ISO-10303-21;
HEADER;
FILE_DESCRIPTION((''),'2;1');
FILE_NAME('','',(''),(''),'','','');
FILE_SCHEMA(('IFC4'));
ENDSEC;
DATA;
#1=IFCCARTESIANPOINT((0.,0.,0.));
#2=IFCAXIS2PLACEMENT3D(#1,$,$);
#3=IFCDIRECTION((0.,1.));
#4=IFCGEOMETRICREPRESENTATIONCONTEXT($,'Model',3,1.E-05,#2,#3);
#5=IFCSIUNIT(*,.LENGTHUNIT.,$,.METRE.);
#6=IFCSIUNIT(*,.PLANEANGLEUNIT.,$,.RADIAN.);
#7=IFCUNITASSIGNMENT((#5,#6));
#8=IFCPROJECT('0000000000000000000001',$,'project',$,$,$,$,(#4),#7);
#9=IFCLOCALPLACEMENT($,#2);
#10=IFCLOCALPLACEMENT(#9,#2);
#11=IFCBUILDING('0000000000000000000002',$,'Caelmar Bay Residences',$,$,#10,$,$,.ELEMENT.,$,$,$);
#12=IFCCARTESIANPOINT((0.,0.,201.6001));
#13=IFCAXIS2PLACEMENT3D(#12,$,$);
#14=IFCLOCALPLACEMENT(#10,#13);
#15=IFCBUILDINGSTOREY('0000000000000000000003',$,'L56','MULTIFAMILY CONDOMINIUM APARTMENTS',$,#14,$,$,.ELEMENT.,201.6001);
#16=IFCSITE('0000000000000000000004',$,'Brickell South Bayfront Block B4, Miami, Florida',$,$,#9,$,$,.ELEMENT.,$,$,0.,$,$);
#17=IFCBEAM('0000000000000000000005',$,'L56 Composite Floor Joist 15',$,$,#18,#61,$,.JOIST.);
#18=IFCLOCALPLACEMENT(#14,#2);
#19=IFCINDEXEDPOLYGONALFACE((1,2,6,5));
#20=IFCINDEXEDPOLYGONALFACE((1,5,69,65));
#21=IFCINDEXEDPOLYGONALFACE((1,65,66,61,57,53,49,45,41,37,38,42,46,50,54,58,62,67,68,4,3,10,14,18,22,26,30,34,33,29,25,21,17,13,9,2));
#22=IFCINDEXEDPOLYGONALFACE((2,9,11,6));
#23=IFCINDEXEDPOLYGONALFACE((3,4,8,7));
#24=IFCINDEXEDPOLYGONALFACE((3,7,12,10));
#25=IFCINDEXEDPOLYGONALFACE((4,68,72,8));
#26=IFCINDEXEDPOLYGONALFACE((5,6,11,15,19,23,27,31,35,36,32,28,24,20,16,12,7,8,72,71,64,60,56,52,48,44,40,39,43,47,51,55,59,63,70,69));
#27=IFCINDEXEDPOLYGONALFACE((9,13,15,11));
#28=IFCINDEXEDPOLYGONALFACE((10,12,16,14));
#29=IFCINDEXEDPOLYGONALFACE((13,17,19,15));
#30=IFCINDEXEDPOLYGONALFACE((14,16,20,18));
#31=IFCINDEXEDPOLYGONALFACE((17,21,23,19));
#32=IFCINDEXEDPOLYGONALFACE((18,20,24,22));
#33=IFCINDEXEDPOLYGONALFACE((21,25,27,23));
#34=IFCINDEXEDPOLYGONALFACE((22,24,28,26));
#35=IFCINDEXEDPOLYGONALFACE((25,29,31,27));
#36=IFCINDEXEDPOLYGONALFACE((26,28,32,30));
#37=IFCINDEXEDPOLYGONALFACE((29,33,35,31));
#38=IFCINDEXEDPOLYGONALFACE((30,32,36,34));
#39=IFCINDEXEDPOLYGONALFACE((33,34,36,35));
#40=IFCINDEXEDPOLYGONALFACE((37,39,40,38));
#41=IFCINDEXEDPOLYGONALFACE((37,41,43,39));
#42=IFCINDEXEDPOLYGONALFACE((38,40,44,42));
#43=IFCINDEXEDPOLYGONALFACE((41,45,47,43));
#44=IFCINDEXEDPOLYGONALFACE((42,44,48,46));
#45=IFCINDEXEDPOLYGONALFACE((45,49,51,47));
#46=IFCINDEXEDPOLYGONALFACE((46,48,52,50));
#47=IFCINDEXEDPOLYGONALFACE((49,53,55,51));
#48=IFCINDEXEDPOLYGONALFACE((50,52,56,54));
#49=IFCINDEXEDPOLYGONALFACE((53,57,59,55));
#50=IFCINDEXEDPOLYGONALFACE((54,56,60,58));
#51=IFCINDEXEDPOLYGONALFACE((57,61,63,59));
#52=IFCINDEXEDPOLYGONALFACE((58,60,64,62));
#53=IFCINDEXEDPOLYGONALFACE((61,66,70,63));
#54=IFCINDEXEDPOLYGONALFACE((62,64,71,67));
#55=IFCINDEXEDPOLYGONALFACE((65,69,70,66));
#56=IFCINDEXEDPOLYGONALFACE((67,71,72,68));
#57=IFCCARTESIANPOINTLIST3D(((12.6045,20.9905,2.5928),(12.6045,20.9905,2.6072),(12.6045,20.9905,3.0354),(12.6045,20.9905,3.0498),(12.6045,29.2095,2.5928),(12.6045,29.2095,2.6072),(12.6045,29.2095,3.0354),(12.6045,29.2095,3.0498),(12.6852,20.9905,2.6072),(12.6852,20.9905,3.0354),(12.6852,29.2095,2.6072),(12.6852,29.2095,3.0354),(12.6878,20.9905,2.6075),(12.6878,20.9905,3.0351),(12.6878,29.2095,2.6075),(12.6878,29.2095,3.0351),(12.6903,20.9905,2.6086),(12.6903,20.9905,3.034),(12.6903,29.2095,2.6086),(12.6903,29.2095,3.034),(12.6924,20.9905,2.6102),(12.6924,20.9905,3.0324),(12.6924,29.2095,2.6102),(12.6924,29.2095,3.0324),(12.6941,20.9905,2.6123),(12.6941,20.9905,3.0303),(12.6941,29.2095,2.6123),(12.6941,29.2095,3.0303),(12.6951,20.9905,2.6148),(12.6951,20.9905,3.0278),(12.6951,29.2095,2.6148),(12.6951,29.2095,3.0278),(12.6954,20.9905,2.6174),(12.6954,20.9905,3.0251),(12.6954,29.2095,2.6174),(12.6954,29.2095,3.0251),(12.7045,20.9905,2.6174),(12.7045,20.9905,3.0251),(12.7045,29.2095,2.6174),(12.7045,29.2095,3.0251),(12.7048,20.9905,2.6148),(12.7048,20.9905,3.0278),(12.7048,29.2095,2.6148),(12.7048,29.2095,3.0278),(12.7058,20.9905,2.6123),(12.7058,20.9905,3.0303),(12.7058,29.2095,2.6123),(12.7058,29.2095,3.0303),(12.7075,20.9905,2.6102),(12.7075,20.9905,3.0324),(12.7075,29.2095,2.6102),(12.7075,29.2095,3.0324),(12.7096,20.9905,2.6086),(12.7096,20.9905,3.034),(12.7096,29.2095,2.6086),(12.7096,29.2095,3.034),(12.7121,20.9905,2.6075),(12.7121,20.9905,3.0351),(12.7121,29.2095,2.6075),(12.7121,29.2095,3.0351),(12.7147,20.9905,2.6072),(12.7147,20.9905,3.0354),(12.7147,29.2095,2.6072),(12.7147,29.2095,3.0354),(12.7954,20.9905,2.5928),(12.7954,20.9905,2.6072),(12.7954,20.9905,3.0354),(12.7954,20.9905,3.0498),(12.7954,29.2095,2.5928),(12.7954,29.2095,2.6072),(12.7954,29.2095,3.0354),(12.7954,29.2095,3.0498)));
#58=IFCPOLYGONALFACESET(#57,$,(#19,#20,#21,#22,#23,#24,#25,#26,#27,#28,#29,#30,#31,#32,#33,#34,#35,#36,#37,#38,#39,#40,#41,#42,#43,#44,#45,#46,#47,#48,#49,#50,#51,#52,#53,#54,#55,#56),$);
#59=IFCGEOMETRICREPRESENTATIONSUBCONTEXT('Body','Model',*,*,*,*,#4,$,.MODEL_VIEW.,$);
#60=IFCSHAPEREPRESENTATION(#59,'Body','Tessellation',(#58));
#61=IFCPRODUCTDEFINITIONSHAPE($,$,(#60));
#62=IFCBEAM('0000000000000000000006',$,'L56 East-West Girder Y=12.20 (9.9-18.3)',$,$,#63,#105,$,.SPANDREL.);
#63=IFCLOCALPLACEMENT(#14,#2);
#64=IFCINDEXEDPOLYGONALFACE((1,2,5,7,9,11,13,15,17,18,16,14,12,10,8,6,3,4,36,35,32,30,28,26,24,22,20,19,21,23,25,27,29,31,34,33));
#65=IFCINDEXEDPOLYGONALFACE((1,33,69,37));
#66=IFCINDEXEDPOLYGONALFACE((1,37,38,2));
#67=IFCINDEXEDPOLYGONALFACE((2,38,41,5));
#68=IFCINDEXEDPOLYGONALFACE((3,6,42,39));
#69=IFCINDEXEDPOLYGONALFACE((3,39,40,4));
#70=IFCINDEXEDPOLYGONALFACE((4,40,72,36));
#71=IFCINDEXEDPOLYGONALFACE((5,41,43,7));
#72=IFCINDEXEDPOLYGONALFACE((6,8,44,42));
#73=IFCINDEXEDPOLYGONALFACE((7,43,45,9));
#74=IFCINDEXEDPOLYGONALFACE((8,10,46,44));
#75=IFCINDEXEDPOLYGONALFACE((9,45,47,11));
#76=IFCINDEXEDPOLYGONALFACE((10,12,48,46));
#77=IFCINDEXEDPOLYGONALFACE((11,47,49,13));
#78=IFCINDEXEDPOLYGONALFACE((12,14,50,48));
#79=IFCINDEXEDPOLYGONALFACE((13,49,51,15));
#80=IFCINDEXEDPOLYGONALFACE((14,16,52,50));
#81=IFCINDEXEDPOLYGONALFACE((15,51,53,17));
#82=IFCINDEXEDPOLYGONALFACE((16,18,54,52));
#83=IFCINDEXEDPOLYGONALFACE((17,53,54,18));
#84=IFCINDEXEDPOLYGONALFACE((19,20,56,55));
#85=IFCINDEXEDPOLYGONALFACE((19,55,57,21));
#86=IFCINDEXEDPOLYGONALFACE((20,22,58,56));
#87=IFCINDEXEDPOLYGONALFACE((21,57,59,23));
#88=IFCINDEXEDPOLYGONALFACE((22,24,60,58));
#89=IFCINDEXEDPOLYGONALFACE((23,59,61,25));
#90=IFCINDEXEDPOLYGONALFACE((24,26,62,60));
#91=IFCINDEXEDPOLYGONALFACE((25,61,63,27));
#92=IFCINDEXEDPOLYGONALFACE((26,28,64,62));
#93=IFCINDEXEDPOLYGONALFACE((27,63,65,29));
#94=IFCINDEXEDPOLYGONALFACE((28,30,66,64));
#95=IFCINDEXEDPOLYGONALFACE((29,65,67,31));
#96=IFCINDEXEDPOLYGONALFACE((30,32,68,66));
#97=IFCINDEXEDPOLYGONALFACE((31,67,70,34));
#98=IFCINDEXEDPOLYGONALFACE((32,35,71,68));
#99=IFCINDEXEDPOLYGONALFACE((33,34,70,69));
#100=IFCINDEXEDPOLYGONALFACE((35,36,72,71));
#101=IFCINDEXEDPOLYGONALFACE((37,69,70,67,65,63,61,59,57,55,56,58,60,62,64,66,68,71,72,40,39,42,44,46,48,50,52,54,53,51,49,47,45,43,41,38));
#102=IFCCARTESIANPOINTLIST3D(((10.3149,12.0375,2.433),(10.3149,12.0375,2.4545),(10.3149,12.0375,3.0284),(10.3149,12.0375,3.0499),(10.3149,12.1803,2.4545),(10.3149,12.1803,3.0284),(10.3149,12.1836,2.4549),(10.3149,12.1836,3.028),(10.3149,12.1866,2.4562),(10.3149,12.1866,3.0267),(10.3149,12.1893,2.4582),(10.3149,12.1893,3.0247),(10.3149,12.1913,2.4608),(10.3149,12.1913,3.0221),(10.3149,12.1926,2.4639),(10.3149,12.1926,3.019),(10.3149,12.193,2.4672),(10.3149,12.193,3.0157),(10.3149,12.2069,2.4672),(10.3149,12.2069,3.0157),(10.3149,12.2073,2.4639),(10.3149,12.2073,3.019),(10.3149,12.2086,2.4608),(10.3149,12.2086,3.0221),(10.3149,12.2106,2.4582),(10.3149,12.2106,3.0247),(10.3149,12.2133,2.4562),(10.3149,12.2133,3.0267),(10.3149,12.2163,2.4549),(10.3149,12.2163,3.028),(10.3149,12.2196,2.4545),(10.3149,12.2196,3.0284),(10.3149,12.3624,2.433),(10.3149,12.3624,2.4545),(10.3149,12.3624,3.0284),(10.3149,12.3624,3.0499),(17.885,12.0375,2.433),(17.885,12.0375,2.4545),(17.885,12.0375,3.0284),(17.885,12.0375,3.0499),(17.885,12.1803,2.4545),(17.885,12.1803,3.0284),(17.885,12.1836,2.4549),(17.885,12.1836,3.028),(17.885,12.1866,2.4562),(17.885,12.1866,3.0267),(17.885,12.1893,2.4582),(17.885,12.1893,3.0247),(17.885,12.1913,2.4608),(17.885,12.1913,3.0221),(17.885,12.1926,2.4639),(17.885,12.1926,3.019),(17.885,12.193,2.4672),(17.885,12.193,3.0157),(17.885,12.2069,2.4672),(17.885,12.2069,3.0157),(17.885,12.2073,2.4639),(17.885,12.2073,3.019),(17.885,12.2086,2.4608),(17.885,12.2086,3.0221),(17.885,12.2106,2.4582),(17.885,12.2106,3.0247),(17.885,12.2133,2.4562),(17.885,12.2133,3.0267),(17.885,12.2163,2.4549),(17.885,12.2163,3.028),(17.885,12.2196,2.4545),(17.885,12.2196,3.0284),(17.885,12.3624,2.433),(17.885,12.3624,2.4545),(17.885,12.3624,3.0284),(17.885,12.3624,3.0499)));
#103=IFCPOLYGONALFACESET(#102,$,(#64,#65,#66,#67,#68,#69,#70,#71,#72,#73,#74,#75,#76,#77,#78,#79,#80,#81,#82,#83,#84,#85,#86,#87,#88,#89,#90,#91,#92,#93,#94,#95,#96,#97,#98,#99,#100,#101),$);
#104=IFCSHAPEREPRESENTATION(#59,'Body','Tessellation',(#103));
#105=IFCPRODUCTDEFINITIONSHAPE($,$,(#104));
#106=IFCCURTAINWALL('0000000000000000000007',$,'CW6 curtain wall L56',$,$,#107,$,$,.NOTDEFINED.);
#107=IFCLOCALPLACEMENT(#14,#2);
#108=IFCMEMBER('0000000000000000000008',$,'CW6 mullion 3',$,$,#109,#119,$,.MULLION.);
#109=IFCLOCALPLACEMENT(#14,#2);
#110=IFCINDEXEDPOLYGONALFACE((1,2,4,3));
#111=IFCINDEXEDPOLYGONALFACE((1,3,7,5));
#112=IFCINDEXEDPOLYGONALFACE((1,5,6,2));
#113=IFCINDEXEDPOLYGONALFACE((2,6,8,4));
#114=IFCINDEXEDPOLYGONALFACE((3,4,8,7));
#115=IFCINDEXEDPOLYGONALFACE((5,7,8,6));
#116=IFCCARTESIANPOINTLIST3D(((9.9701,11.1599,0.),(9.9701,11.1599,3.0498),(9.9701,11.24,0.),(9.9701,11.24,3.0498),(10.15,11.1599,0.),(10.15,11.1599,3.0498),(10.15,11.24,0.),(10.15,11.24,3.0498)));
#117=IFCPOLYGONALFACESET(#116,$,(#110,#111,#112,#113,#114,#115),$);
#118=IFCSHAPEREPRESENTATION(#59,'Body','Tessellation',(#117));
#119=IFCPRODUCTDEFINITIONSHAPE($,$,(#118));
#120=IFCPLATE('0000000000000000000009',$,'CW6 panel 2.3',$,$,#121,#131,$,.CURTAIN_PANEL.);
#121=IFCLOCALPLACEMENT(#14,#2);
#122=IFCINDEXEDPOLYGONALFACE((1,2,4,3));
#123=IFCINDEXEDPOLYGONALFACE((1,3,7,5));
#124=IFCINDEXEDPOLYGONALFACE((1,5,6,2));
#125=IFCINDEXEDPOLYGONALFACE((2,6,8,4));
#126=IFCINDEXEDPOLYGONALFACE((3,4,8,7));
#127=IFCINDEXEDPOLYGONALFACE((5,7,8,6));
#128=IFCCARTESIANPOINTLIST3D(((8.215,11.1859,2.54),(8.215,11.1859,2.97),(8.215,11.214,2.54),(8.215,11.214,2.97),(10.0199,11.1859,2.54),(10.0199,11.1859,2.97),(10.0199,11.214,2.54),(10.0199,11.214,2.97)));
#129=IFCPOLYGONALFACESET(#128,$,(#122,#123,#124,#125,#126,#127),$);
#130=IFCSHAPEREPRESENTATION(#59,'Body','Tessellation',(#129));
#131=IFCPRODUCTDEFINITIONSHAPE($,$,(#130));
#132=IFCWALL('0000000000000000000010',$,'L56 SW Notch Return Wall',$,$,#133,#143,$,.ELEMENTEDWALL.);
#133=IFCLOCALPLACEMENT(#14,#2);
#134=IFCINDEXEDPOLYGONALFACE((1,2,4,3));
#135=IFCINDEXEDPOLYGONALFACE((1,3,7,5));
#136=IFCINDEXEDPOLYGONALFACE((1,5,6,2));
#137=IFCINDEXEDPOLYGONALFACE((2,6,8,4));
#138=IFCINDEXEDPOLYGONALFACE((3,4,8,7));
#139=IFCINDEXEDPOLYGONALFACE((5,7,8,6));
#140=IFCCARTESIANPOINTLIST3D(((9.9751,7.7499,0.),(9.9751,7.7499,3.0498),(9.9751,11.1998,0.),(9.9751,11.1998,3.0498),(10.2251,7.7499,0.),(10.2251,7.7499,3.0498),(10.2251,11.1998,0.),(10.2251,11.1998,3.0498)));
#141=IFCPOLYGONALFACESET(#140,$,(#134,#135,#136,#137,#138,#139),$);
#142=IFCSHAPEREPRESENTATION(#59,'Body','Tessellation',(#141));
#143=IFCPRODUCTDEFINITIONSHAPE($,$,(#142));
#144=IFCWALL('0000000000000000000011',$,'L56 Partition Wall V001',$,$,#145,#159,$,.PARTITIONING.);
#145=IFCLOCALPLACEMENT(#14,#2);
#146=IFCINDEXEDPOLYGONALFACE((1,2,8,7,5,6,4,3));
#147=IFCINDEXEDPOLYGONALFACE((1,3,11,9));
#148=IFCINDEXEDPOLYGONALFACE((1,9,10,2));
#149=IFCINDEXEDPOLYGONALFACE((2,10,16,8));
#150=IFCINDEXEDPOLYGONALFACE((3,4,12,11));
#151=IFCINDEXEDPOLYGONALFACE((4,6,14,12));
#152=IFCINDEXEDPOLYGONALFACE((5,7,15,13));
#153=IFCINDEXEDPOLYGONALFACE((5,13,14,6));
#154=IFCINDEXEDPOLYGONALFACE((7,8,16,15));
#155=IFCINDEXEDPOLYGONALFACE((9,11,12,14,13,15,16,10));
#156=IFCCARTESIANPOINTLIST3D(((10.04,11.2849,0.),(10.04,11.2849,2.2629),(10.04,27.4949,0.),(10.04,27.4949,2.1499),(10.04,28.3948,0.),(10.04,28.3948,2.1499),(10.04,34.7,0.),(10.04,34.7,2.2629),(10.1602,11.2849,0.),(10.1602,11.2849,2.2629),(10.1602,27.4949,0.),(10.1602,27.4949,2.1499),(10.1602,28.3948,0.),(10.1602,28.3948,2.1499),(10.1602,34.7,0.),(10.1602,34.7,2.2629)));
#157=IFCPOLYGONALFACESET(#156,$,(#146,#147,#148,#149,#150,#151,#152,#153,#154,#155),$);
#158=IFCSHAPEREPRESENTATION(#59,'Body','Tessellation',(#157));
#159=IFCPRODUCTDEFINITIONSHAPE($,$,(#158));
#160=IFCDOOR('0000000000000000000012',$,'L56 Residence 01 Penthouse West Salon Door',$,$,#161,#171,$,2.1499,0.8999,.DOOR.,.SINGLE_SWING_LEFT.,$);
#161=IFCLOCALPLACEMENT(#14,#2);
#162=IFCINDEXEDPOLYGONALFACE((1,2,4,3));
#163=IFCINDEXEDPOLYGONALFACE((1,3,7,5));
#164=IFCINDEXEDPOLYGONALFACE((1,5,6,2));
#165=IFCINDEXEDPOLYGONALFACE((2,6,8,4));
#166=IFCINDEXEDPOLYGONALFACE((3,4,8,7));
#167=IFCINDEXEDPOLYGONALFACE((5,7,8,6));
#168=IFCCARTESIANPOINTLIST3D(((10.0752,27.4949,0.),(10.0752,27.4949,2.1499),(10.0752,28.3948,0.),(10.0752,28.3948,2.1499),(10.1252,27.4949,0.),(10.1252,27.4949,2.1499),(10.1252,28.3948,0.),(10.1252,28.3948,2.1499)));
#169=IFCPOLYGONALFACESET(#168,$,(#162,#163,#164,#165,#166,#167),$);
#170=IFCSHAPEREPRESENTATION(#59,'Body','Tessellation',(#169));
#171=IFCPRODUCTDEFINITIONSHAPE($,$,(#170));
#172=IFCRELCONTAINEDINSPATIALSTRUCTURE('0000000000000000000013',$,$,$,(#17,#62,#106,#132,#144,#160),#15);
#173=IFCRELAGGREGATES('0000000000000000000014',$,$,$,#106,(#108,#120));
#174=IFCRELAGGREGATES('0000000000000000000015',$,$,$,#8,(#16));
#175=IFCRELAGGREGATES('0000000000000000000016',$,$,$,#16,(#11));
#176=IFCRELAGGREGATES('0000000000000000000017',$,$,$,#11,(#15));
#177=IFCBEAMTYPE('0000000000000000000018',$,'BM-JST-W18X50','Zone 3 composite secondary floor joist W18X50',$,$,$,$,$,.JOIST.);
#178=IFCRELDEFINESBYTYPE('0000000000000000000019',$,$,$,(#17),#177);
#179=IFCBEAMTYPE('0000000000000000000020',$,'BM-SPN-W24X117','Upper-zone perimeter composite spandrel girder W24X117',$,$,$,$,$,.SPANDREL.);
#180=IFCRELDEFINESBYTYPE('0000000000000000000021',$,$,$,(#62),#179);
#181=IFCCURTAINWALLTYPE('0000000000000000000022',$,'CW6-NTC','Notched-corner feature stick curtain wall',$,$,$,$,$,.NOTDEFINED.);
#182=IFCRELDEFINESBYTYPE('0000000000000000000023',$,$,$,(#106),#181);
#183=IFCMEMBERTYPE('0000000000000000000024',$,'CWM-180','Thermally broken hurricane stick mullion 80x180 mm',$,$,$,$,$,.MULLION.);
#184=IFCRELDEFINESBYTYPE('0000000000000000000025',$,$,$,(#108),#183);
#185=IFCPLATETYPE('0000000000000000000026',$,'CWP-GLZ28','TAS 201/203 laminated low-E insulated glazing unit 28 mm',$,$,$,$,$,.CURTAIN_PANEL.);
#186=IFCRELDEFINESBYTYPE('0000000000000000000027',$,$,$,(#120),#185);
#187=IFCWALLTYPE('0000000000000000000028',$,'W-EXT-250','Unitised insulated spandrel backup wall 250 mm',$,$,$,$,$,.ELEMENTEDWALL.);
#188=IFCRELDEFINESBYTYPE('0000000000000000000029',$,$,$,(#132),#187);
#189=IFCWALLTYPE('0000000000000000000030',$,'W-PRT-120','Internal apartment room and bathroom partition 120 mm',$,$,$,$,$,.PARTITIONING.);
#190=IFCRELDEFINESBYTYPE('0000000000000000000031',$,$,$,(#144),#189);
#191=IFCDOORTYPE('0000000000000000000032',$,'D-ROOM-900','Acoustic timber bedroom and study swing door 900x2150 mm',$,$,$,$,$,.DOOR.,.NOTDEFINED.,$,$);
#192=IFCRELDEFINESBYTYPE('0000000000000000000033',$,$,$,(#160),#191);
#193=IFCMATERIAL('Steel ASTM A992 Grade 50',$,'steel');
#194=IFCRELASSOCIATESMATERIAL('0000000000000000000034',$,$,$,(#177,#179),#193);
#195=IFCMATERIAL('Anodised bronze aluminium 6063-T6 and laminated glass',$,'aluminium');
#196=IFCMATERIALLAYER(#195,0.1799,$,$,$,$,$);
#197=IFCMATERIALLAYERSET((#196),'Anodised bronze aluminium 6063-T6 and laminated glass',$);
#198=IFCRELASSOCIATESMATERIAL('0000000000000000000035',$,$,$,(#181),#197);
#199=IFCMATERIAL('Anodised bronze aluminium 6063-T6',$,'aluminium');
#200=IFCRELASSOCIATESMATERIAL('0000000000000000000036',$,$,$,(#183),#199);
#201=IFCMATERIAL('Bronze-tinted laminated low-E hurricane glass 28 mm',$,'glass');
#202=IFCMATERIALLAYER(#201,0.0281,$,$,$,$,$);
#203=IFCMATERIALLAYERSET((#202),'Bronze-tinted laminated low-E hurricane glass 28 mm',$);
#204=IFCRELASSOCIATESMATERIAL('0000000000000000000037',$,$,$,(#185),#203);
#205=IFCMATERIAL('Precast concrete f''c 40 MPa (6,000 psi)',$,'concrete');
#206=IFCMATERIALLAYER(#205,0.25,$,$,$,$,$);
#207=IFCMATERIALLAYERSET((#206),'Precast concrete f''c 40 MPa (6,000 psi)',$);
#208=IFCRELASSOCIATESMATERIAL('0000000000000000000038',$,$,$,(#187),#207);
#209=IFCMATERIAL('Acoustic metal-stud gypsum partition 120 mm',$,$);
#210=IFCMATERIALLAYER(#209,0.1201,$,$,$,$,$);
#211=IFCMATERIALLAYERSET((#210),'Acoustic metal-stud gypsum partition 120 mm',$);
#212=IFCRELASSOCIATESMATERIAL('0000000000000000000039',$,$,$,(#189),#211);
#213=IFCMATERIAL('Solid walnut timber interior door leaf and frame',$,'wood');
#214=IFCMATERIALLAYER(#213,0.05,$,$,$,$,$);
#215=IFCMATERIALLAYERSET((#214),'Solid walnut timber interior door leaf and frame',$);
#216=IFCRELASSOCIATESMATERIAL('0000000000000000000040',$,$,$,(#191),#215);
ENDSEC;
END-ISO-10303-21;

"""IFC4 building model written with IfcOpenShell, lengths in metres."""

from ifc_helpers import new_model, si_unit, direction, frame, frame_2d, origin, origin_2d, place, context, subcontext, project, spatial, rectangle, i_section, extrude, material, layer, layer_set, material_profile, profile_set, type_object, element, fill, aggregate, save


model = new_model("IFC4")

# Units and contexts
model_context = context("Model", 3, precision=1e-05, world=origin(), true_north=direction((0.0, 1.0)))
body_context = subcontext(model_context, "Body", "Model", "MODEL_VIEW")
ifc_project = project(units=[si_unit("LENGTHUNIT", "METRE"), si_unit("PLANEANGLEUNIT", "RADIAN")], contexts=[model_context])

# Site, building, storey
site_placement = place(None, origin())
site = spatial("IfcSite", under=ifc_project, at=site_placement, Name="Brickell South Bayfront Block B4, Miami, Florida", CompositionType="ELEMENT", RefElevation=0.0)
building_placement = place(site_placement, origin())
building = spatial("IfcBuilding", under=site, at=building_placement, Name="Caelmar Bay Residences", CompositionType="ELEMENT")
storey_placement = place(building_placement, frame((0.0, 0.0, 201.6001)))
storey = spatial("IfcBuildingStorey", under=building, at=storey_placement, Name="L56", Description="MULTIFAMILY CONDOMINIUM APARTMENTS", CompositionType="ELEMENT", Elevation=201.6001)

# Beams
ifc_material_1 = material(Name="Steel ASTM A992 Grade 50", Category="steel")
ifc_material_profile_1 = material_profile(ifc_material_1, i_section(OverallWidth=0.1909, OverallDepth=0.457, WebThickness=0.009, FlangeThickness=0.0144, FilletRadius=0.0103, at=origin_2d()), Name="W18X50")
ifc_profile_set_1 = profile_set([ifc_material_profile_1], Name="Steel ASTM A992 Grade 50")
beam_type_1 = type_object("IfcBeamType", Name="BM-JST-W18X50", Description="Zone 3 composite secondary floor joist W18X50", PredefinedType="JOIST", material=ifc_profile_set_1)
beam_1_placement = place(storey_placement, frame((12.7, 20.9905, 2.8213), z_axis=(0.0, 1.0, 0.0), x_axis=(-1.0, 0.0, 0.0)))
element("IfcBeam", 1, at=beam_1_placement, inside=storey, type_object=beam_type_1, Name="L56 Composite Floor Joist 15", PredefinedType="JOIST", context=body_context, shape_type="SweptSolid", body=[
    extrude(i_section(OverallWidth=0.1909, OverallDepth=0.457, WebThickness=0.009, FlangeThickness=0.0144, FilletRadius=0.0103, at=origin_2d()), origin(), (0.0, 0.0, 1.0), 8.219),
])
ifc_material_profile_2 = material_profile(ifc_material_1, i_section(OverallWidth=0.325, OverallDepth=0.6169, WebThickness=0.0139, FlangeThickness=0.0215, FilletRadius=0.0127, at=origin_2d()), Name="W24X117")
ifc_profile_set_2 = profile_set([ifc_material_profile_2], Name="Steel ASTM A992 Grade 50")
beam_type_2 = type_object("IfcBeamType", Name="BM-SPN-W24X117", Description="Upper-zone perimeter composite spandrel girder W24X117", PredefinedType="SPANDREL", material=ifc_profile_set_2)
beam_2_placement = place(storey_placement, frame((10.3149, 12.2, 2.7415), z_axis=(1.0, 0.0, 0.0), x_axis=(0.0, 1.0, 0.0)))
element("IfcBeam", 2, at=beam_2_placement, inside=storey, type_object=beam_type_2, Name="L56 East-West Girder Y=12.20 (9.9-18.3)", PredefinedType="SPANDREL", context=body_context, shape_type="SweptSolid", body=[
    extrude(i_section(OverallWidth=0.325, OverallDepth=0.6169, WebThickness=0.0139, FlangeThickness=0.0215, FilletRadius=0.0127, at=origin_2d()), origin(), (0.0, 0.0, 1.0), 7.5701),
])

# Curtain wall, member, plate
ifc_material_2 = material(Name="Anodised bronze aluminium 6063-T6 and laminated glass", Category="aluminium")
ifc_layer_1 = layer(ifc_material_2, 0.1799)
ifc_layer_set_1 = layer_set([ifc_layer_1], Name="Anodised bronze aluminium 6063-T6 and laminated glass")
curtain_wall_type = type_object("IfcCurtainWallType", Name="CW6-NTC", Description="Notched-corner feature stick curtain wall", PredefinedType="NOTDEFINED", material=ifc_layer_set_1)
curtain_wall_placement = place(storey_placement, origin())
curtain_wall = element("IfcCurtainWall", 3, at=curtain_wall_placement, inside=storey, type_object=curtain_wall_type, Name="CW6 curtain wall L56", PredefinedType="NOTDEFINED")
ifc_material_3 = material(Name="Anodised bronze aluminium 6063-T6", Category="aluminium")
ifc_material_profile_3 = material_profile(ifc_material_3, rectangle(XDim=0.0801, YDim=0.1799, at=origin_2d()), Name="CWM-80X180")
ifc_profile_set_3 = profile_set([ifc_material_profile_3], Name="Anodised bronze aluminium 6063-T6")
member_type = type_object("IfcMemberType", Name="CWM-180", Description="Thermally broken hurricane stick mullion 80x180 mm", PredefinedType="MULLION", material=ifc_profile_set_3)
member_placement = place(storey_placement, frame((10.0601, 11.2, 0.0), z_axis=(0.0, 0.0, 1.0), x_axis=(0.0, 1.0, 0.0)))
member = element("IfcMember", 4, at=member_placement, type_object=member_type, Name="CW6 mullion 3", PredefinedType="MULLION", context=body_context, shape_type="SweptSolid", body=[
    extrude(rectangle(XDim=0.0801, YDim=0.1799, at=origin_2d()), origin(), (0.0, 0.0, 1.0), 3.0498),
])
ifc_material_4 = material(Name="Bronze-tinted laminated low-E hurricane glass 28 mm", Category="glass")
ifc_layer_2 = layer(ifc_material_4, 0.0281)
ifc_layer_set_2 = layer_set([ifc_layer_2], Name="Bronze-tinted laminated low-E hurricane glass 28 mm")
plate_type = type_object("IfcPlateType", Name="CWP-GLZ28", Description="TAS 201/203 laminated low-E insulated glazing unit 28 mm", PredefinedType="CURTAIN_PANEL", material=ifc_layer_set_2)
plate_placement = place(storey_placement, frame((9.1174, 11.2, 2.54), z_axis=(0.0, 0.0, 1.0), x_axis=(1.0, 0.0, 0.0)))
plate = element("IfcPlate", 5, at=plate_placement, type_object=plate_type, Name="CW6 panel 2.3", PredefinedType="CURTAIN_PANEL", context=body_context, shape_type="SweptSolid", body=[
    extrude(rectangle(XDim=1.8049, YDim=0.0281, at=origin_2d()), origin(), (0.0, 0.0, 1.0), 0.4299),
])
aggregate(curtain_wall, [member, plate])

# Wall
ifc_material_5 = material(Name="Precast concrete f'c 40 MPa (6,000 psi)", Category="concrete")
ifc_layer_3 = layer(ifc_material_5, 0.25)
ifc_layer_set_3 = layer_set([ifc_layer_3], Name="Precast concrete f'c 40 MPa (6,000 psi)")
wall_type_1 = type_object("IfcWallType", Name="W-EXT-250", Description="Unitised insulated spandrel backup wall 250 mm", PredefinedType="ELEMENTEDWALL", material=ifc_layer_set_3)
wall_1_placement = place(storey_placement, frame((10.1001, 11.2, 0.0), z_axis=(0.0, 0.0, 1.0), x_axis=(0.0, -1.0, 0.0)))
element("IfcWall", 6, at=wall_1_placement, inside=storey, type_object=wall_type_1, Name="L56 SW Notch Return Wall", PredefinedType="ELEMENTEDWALL", context=body_context, shape_type="SweptSolid", body=[
    extrude(rectangle(XDim=3.45, YDim=0.25, at=frame_2d((1.7251, 0.0))), origin(), (0.0, 0.0, 1.0), 3.0498),
])

# Wall, opening, door
ifc_material_6 = material(Name="Acoustic metal-stud gypsum partition 120 mm")
ifc_layer_4 = layer(ifc_material_6, 0.1201)
ifc_layer_set_4 = layer_set([ifc_layer_4], Name="Acoustic metal-stud gypsum partition 120 mm")
wall_type_2 = type_object("IfcWallType", Name="W-PRT-120", Description="Internal apartment room and bathroom partition 120 mm", PredefinedType="PARTITIONING", material=ifc_layer_set_4)
wall_2_placement = place(storey_placement, frame((10.1001, 11.2849, 0.0), z_axis=(0.0, 0.0, 1.0), x_axis=(0.0, 1.0, 0.0)))
wall_2 = element("IfcWall", 7, at=wall_2_placement, inside=storey, type_object=wall_type_2, Name="L56 Partition Wall V001", PredefinedType="PARTITIONING", context=body_context, shape_type="SweptSolid", body=[
    extrude(rectangle(XDim=23.415, YDim=0.1201, at=frame_2d((11.7075, 0.0))), origin(), (0.0, 0.0, 1.0), 2.2629),
])
opening_1_placement = place(wall_2_placement, frame((16.21, 0.0, 0.0)))
opening_1 = element("IfcOpeningElement", 8, at=opening_1_placement, cuts=wall_2, PredefinedType="OPENING", context=body_context, shape_type="SweptSolid", body=[
    extrude(rectangle(XDim=0.8999, YDim=2.1499, at=frame_2d((0.45, 1.075))), frame((0.0, 0.0701, 0.0), z_axis=(0.0, -1.0, 0.0), x_axis=(1.0, 0.0, 0.0)), (0.0, 0.0, 1.0), 0.1401),
])
ifc_material_7 = material(Name="Solid walnut timber interior door leaf and frame", Category="wood")
ifc_layer_5 = layer(ifc_material_7, 0.05)
ifc_layer_set_5 = layer_set([ifc_layer_5], Name="Solid walnut timber interior door leaf and frame")
door_type = type_object("IfcDoorType", Name="D-ROOM-900", Description="Acoustic timber bedroom and study swing door 900x2150 mm", OperationType="NOTDEFINED", PredefinedType="DOOR", material=ifc_layer_set_5)
door_1_placement = place(opening_1_placement, origin())
door_1 = element("IfcDoor", 9, at=door_1_placement, inside=storey, type_object=door_type, Name="L56 Residence 01 Penthouse West Salon Door", OperationType="SINGLE_SWING_LEFT", OverallHeight=2.1499, OverallWidth=0.8999, PredefinedType="DOOR", context=body_context, shape_type="SweptSolid", body=[
    extrude(rectangle(XDim=0.8999, YDim=2.1499, at=frame_2d((0.45, 1.075))), frame((0.0, 0.0249, 0.0), z_axis=(0.0, -1.0, 0.0), x_axis=(1.0, 0.0, 0.0)), (0.0, 0.0, 1.0), 0.05),
])
fill(opening_1, door_1)

save(model, "model.ifc")
